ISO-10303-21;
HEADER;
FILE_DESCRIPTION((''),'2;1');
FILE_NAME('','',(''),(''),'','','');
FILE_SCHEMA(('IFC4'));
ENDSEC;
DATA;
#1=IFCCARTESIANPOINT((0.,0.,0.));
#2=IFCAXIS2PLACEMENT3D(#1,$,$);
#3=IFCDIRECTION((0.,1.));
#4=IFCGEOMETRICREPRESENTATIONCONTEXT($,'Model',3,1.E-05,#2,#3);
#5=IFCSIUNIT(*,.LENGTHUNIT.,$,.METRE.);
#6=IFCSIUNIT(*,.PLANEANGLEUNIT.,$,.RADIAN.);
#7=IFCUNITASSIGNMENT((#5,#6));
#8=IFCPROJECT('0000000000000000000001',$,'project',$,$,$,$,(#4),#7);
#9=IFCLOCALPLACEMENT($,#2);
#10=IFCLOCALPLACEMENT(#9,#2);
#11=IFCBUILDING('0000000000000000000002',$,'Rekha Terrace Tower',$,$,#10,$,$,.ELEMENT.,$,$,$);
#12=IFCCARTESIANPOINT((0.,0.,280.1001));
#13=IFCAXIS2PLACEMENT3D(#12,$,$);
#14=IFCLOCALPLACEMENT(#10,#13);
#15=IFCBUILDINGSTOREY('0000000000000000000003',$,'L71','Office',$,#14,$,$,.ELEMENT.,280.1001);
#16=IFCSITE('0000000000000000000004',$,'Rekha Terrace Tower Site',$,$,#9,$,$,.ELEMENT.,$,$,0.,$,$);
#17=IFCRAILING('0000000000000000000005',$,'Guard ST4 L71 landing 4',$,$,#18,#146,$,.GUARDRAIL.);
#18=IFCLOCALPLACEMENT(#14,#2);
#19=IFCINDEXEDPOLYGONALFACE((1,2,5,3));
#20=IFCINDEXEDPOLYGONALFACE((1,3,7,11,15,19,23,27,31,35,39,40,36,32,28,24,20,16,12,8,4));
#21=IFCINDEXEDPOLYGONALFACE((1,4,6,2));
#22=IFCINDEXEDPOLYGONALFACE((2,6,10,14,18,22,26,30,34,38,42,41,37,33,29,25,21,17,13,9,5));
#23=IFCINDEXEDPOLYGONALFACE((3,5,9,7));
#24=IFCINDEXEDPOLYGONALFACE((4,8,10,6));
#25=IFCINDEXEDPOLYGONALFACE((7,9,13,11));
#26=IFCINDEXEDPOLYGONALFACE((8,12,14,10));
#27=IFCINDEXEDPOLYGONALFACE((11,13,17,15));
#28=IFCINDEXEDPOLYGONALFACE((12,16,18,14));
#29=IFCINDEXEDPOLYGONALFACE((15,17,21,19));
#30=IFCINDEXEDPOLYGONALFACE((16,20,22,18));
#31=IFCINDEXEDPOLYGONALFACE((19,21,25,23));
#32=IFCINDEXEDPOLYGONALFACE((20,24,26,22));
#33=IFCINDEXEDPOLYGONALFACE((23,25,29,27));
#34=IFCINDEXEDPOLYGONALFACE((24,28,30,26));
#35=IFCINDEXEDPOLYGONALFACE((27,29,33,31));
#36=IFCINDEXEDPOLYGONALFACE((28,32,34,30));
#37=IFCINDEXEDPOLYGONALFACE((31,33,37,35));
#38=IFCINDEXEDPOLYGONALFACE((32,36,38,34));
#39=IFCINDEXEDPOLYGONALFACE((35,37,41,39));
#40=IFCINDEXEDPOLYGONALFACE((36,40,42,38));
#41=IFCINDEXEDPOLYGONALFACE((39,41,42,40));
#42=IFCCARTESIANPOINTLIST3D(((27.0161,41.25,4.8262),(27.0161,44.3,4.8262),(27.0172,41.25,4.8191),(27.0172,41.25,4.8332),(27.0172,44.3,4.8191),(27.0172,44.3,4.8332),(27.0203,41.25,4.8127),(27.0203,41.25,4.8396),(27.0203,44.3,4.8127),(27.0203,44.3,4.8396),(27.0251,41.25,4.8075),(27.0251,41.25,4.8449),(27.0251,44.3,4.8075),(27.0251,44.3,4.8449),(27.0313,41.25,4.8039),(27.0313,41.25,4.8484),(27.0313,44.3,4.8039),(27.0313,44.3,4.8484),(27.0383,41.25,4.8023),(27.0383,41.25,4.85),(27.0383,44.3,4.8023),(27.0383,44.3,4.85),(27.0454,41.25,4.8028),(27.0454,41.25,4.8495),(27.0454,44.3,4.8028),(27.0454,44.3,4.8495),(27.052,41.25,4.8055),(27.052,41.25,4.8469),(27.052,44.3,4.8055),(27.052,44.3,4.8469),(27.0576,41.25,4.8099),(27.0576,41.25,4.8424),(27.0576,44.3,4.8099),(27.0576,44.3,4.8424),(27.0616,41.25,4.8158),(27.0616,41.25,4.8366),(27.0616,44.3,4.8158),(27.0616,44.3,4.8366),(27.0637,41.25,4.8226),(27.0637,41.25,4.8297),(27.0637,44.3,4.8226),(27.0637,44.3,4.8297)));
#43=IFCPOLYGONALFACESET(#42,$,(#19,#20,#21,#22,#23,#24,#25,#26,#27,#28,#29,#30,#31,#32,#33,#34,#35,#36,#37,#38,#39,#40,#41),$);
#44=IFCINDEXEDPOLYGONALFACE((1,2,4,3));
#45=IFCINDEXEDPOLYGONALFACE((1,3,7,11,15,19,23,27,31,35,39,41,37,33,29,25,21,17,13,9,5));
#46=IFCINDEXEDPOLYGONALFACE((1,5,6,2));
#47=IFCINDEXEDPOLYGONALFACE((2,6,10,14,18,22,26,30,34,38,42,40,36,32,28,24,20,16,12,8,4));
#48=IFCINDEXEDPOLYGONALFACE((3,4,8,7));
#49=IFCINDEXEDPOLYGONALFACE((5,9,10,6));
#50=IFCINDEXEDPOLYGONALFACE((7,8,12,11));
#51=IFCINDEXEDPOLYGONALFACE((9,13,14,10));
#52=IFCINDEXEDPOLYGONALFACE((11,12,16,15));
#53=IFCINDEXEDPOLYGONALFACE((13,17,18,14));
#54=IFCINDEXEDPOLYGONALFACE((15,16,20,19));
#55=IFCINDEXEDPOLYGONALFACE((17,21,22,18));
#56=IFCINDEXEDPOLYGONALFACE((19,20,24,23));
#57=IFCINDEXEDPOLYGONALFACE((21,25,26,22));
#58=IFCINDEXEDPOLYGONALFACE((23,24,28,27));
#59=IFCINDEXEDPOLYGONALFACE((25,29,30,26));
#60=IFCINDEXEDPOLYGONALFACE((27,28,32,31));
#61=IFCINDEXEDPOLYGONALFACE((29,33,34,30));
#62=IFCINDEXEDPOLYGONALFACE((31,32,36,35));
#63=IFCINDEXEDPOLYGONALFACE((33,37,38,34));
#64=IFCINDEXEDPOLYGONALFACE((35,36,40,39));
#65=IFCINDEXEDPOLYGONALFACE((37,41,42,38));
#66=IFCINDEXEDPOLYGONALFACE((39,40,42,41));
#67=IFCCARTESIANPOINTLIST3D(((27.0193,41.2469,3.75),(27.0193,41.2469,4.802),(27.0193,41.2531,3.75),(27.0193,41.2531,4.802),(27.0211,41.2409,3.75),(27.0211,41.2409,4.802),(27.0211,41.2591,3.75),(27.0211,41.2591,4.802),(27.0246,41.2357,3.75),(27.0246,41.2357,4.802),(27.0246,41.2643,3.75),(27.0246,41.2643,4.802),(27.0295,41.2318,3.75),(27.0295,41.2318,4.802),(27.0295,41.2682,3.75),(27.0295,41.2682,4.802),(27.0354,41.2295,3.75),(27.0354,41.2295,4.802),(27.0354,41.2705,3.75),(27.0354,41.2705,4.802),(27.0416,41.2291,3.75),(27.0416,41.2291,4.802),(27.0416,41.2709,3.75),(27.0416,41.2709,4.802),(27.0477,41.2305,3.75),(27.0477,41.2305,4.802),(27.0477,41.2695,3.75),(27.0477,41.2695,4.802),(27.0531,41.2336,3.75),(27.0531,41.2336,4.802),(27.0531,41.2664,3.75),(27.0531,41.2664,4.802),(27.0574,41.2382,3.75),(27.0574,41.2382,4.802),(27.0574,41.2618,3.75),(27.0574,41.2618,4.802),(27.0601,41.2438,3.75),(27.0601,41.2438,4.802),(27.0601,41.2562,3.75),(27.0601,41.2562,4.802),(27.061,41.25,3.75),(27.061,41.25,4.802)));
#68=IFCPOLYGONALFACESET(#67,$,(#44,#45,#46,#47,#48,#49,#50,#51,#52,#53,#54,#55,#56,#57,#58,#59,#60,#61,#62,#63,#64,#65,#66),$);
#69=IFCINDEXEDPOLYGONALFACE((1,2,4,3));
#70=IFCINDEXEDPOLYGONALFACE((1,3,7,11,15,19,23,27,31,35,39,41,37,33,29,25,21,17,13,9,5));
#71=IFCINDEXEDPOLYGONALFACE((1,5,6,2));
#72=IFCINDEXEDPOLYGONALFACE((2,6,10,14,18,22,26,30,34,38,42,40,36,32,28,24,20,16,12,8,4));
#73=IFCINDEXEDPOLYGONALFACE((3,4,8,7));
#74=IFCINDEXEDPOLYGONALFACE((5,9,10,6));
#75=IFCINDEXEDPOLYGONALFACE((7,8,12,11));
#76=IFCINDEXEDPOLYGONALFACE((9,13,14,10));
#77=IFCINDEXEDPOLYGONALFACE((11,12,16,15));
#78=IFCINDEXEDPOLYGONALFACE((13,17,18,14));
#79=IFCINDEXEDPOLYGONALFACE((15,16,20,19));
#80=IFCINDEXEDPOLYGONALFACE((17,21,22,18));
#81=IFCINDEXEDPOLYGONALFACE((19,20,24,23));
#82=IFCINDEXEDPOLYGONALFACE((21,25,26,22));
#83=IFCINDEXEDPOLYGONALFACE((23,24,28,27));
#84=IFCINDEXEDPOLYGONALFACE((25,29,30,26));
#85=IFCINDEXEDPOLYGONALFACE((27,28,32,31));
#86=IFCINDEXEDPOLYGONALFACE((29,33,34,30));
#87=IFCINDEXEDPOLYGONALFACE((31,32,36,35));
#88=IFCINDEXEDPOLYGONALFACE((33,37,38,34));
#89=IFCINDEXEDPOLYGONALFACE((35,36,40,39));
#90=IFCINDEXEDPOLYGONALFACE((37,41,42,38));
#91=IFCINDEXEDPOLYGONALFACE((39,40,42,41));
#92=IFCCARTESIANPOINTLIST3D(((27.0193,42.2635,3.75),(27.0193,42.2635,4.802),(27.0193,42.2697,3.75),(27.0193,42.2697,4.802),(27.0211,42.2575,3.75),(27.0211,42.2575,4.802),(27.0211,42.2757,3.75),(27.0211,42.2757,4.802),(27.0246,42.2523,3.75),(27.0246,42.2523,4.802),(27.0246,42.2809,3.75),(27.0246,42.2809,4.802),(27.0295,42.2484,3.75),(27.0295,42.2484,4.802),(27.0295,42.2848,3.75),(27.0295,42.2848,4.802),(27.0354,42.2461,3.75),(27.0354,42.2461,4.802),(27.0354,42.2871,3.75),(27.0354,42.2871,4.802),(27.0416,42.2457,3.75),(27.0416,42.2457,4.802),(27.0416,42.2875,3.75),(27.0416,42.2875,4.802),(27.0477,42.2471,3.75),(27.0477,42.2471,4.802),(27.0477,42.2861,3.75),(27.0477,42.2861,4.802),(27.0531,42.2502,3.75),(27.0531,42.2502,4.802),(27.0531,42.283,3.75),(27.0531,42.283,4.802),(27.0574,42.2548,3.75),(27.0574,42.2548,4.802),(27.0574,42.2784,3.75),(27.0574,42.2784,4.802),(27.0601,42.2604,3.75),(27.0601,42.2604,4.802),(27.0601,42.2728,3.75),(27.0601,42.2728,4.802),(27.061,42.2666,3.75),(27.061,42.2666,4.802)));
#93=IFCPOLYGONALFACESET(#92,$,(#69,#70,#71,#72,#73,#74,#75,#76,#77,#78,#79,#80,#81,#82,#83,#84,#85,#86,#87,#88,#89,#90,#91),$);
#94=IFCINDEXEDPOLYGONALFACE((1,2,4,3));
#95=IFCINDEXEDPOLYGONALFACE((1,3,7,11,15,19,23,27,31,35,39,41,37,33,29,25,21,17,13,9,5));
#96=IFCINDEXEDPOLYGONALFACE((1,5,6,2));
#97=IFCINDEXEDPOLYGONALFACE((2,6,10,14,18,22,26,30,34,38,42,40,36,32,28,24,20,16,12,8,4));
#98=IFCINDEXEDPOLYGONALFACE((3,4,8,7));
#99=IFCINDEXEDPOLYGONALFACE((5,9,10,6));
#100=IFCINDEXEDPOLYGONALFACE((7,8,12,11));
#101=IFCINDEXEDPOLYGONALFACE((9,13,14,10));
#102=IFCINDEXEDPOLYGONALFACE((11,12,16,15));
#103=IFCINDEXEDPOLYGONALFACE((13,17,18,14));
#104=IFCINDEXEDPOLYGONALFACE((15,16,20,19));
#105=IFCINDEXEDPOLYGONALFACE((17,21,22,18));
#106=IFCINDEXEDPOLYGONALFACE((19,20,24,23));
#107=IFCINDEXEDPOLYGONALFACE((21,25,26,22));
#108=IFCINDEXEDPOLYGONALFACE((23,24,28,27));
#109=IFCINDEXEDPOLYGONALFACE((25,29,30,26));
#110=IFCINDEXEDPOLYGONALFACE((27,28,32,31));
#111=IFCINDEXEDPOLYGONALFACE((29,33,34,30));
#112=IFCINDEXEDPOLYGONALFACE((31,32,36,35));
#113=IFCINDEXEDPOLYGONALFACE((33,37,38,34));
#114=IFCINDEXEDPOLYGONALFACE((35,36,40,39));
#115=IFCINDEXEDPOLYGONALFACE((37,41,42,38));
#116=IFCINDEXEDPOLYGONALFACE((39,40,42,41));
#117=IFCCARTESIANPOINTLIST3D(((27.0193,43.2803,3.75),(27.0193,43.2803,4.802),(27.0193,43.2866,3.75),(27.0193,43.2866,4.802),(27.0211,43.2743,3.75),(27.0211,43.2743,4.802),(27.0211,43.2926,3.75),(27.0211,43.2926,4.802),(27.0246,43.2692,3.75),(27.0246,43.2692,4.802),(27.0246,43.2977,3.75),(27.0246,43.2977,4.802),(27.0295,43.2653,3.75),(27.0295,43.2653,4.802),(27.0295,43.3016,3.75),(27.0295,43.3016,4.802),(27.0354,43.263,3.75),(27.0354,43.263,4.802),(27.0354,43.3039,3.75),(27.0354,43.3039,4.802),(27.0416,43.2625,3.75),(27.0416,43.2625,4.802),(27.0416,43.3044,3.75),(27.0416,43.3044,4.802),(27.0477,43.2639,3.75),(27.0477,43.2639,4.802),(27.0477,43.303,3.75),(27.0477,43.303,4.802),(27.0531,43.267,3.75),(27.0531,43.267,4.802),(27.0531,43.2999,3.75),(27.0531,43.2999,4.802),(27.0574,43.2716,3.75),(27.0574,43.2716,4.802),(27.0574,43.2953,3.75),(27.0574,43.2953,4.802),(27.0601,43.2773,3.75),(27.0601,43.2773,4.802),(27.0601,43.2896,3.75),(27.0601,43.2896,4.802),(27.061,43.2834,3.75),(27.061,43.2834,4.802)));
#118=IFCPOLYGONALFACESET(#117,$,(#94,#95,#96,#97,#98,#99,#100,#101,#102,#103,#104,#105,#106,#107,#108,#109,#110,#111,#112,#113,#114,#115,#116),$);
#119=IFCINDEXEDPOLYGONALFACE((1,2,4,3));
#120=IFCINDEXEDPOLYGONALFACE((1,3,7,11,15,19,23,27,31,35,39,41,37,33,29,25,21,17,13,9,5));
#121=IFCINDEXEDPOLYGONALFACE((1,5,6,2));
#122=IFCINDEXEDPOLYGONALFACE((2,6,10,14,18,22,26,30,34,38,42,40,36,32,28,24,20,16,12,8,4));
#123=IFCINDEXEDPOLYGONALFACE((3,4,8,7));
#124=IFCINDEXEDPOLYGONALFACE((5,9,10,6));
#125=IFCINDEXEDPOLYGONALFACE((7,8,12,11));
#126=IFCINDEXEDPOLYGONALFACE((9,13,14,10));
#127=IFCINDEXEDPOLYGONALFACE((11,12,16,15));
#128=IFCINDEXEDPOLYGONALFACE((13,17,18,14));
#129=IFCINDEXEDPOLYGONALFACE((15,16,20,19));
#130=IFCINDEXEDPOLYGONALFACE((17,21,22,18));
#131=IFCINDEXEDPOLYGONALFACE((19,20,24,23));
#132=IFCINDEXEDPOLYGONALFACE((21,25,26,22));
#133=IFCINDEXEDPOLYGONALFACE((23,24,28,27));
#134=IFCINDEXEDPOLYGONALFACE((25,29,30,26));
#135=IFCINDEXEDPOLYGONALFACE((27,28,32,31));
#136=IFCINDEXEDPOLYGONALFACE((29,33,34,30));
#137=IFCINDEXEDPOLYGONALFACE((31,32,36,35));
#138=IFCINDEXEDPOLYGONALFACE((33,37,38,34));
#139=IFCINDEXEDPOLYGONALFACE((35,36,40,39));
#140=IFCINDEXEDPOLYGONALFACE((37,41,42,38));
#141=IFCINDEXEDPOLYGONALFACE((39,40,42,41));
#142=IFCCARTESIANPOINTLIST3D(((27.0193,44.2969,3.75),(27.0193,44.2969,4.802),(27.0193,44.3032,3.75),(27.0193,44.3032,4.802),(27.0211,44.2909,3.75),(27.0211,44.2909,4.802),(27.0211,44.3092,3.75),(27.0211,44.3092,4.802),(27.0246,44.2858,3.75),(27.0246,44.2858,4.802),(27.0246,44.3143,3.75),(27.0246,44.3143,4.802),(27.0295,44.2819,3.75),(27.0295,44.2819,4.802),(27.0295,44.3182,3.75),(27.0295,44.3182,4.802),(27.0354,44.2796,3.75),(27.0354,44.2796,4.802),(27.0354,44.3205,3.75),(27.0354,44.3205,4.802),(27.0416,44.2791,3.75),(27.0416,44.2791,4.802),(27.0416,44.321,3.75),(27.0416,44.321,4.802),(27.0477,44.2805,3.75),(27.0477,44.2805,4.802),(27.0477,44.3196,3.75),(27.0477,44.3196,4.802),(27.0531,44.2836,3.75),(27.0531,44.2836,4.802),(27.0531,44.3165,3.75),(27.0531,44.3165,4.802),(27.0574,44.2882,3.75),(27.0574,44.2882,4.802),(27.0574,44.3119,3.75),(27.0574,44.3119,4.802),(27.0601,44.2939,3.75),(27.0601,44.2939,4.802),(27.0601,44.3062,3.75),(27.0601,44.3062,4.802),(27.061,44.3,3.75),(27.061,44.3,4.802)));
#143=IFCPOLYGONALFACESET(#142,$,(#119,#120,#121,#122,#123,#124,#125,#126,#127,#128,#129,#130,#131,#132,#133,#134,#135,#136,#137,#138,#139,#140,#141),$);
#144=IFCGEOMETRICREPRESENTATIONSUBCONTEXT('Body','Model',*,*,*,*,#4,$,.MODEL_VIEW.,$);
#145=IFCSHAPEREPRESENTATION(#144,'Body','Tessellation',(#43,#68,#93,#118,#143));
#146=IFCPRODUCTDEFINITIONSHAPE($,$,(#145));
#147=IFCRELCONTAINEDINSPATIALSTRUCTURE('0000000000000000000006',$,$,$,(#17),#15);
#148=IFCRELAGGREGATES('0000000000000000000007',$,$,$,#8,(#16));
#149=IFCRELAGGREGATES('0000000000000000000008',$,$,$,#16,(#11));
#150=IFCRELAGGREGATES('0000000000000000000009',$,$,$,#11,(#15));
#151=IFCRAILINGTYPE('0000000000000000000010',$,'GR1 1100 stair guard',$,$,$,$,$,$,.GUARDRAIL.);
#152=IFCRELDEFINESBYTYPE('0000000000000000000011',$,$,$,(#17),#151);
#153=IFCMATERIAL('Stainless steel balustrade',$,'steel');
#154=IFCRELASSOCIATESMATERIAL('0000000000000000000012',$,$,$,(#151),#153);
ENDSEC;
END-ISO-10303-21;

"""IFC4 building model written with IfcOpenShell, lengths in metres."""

from ifc_helpers import new_model, si_unit, direction, frame, origin, origin_2d, place, context, subcontext, project, spatial, circle, extrude, material, type_object, element, save


model = new_model("IFC4")

# Units and contexts
model_context = context("Model", 3, precision=1e-05, world=origin(), true_north=direction((0.0, 1.0)))
body_context = subcontext(model_context, "Body", "Model", "MODEL_VIEW")
ifc_project = project(units=[si_unit("LENGTHUNIT", "METRE"), si_unit("PLANEANGLEUNIT", "RADIAN")], contexts=[model_context])

# Site, building, storey
site_placement = place(None, origin())
site = spatial("IfcSite", under=ifc_project, at=site_placement, Name="Rekha Terrace Tower Site", CompositionType="ELEMENT", RefElevation=0.0)
building_placement = place(site_placement, origin())
building = spatial("IfcBuilding", under=site, at=building_placement, Name="Rekha Terrace Tower", CompositionType="ELEMENT")
storey_placement = place(building_placement, frame((0.0, 0.0, 280.1001)))
storey = spatial("IfcBuildingStorey", under=building, at=storey_placement, Name="L71", Description="Office", CompositionType="ELEMENT", Elevation=280.1001)

# Railing
ifc_material_1 = material(Name="Stainless steel balustrade", Category="steel")
railing_type_1 = type_object("IfcRailingType", Name="GR1 1100 stair guard", PredefinedType="GUARDRAIL", material=ifc_material_1)
railing_1_placement = place(storey_placement, frame((27.04, 41.25, 3.75)))
element("IfcRailing", 1, at=railing_1_placement, inside=storey, type_object=railing_type_1, Name="Guard ST4 L71 landing 4", PredefinedType="GUARDRAIL", context=body_context, shape_type="SweptSolid", body=[
    extrude(circle(Radius=0.0239, at=origin_2d()), frame((0.0, 0.0, 1.0762), z_axis=(0.0, 1.0, 0.0), x_axis=(-1.0, 0.0, 0.0)), (0.0, 0.0, 1.0), 3.05),
    extrude(circle(Radius=0.021, at=origin_2d()), origin(), (0.0, 0.0, 1.0), 1.052),
    extrude(circle(Radius=0.021, at=origin_2d()), frame((0.0, 1.0166, 0.0)), (0.0, 0.0, 1.0), 1.052),
    extrude(circle(Radius=0.021, at=origin_2d()), frame((0.0, 2.0334, 0.0)), (0.0, 0.0, 1.0), 1.052),
    extrude(circle(Radius=0.021, at=origin_2d()), frame((0.0, 3.05, 0.0)), (0.0, 0.0, 1.0), 1.052),
])

save(model, "model.ifc")
